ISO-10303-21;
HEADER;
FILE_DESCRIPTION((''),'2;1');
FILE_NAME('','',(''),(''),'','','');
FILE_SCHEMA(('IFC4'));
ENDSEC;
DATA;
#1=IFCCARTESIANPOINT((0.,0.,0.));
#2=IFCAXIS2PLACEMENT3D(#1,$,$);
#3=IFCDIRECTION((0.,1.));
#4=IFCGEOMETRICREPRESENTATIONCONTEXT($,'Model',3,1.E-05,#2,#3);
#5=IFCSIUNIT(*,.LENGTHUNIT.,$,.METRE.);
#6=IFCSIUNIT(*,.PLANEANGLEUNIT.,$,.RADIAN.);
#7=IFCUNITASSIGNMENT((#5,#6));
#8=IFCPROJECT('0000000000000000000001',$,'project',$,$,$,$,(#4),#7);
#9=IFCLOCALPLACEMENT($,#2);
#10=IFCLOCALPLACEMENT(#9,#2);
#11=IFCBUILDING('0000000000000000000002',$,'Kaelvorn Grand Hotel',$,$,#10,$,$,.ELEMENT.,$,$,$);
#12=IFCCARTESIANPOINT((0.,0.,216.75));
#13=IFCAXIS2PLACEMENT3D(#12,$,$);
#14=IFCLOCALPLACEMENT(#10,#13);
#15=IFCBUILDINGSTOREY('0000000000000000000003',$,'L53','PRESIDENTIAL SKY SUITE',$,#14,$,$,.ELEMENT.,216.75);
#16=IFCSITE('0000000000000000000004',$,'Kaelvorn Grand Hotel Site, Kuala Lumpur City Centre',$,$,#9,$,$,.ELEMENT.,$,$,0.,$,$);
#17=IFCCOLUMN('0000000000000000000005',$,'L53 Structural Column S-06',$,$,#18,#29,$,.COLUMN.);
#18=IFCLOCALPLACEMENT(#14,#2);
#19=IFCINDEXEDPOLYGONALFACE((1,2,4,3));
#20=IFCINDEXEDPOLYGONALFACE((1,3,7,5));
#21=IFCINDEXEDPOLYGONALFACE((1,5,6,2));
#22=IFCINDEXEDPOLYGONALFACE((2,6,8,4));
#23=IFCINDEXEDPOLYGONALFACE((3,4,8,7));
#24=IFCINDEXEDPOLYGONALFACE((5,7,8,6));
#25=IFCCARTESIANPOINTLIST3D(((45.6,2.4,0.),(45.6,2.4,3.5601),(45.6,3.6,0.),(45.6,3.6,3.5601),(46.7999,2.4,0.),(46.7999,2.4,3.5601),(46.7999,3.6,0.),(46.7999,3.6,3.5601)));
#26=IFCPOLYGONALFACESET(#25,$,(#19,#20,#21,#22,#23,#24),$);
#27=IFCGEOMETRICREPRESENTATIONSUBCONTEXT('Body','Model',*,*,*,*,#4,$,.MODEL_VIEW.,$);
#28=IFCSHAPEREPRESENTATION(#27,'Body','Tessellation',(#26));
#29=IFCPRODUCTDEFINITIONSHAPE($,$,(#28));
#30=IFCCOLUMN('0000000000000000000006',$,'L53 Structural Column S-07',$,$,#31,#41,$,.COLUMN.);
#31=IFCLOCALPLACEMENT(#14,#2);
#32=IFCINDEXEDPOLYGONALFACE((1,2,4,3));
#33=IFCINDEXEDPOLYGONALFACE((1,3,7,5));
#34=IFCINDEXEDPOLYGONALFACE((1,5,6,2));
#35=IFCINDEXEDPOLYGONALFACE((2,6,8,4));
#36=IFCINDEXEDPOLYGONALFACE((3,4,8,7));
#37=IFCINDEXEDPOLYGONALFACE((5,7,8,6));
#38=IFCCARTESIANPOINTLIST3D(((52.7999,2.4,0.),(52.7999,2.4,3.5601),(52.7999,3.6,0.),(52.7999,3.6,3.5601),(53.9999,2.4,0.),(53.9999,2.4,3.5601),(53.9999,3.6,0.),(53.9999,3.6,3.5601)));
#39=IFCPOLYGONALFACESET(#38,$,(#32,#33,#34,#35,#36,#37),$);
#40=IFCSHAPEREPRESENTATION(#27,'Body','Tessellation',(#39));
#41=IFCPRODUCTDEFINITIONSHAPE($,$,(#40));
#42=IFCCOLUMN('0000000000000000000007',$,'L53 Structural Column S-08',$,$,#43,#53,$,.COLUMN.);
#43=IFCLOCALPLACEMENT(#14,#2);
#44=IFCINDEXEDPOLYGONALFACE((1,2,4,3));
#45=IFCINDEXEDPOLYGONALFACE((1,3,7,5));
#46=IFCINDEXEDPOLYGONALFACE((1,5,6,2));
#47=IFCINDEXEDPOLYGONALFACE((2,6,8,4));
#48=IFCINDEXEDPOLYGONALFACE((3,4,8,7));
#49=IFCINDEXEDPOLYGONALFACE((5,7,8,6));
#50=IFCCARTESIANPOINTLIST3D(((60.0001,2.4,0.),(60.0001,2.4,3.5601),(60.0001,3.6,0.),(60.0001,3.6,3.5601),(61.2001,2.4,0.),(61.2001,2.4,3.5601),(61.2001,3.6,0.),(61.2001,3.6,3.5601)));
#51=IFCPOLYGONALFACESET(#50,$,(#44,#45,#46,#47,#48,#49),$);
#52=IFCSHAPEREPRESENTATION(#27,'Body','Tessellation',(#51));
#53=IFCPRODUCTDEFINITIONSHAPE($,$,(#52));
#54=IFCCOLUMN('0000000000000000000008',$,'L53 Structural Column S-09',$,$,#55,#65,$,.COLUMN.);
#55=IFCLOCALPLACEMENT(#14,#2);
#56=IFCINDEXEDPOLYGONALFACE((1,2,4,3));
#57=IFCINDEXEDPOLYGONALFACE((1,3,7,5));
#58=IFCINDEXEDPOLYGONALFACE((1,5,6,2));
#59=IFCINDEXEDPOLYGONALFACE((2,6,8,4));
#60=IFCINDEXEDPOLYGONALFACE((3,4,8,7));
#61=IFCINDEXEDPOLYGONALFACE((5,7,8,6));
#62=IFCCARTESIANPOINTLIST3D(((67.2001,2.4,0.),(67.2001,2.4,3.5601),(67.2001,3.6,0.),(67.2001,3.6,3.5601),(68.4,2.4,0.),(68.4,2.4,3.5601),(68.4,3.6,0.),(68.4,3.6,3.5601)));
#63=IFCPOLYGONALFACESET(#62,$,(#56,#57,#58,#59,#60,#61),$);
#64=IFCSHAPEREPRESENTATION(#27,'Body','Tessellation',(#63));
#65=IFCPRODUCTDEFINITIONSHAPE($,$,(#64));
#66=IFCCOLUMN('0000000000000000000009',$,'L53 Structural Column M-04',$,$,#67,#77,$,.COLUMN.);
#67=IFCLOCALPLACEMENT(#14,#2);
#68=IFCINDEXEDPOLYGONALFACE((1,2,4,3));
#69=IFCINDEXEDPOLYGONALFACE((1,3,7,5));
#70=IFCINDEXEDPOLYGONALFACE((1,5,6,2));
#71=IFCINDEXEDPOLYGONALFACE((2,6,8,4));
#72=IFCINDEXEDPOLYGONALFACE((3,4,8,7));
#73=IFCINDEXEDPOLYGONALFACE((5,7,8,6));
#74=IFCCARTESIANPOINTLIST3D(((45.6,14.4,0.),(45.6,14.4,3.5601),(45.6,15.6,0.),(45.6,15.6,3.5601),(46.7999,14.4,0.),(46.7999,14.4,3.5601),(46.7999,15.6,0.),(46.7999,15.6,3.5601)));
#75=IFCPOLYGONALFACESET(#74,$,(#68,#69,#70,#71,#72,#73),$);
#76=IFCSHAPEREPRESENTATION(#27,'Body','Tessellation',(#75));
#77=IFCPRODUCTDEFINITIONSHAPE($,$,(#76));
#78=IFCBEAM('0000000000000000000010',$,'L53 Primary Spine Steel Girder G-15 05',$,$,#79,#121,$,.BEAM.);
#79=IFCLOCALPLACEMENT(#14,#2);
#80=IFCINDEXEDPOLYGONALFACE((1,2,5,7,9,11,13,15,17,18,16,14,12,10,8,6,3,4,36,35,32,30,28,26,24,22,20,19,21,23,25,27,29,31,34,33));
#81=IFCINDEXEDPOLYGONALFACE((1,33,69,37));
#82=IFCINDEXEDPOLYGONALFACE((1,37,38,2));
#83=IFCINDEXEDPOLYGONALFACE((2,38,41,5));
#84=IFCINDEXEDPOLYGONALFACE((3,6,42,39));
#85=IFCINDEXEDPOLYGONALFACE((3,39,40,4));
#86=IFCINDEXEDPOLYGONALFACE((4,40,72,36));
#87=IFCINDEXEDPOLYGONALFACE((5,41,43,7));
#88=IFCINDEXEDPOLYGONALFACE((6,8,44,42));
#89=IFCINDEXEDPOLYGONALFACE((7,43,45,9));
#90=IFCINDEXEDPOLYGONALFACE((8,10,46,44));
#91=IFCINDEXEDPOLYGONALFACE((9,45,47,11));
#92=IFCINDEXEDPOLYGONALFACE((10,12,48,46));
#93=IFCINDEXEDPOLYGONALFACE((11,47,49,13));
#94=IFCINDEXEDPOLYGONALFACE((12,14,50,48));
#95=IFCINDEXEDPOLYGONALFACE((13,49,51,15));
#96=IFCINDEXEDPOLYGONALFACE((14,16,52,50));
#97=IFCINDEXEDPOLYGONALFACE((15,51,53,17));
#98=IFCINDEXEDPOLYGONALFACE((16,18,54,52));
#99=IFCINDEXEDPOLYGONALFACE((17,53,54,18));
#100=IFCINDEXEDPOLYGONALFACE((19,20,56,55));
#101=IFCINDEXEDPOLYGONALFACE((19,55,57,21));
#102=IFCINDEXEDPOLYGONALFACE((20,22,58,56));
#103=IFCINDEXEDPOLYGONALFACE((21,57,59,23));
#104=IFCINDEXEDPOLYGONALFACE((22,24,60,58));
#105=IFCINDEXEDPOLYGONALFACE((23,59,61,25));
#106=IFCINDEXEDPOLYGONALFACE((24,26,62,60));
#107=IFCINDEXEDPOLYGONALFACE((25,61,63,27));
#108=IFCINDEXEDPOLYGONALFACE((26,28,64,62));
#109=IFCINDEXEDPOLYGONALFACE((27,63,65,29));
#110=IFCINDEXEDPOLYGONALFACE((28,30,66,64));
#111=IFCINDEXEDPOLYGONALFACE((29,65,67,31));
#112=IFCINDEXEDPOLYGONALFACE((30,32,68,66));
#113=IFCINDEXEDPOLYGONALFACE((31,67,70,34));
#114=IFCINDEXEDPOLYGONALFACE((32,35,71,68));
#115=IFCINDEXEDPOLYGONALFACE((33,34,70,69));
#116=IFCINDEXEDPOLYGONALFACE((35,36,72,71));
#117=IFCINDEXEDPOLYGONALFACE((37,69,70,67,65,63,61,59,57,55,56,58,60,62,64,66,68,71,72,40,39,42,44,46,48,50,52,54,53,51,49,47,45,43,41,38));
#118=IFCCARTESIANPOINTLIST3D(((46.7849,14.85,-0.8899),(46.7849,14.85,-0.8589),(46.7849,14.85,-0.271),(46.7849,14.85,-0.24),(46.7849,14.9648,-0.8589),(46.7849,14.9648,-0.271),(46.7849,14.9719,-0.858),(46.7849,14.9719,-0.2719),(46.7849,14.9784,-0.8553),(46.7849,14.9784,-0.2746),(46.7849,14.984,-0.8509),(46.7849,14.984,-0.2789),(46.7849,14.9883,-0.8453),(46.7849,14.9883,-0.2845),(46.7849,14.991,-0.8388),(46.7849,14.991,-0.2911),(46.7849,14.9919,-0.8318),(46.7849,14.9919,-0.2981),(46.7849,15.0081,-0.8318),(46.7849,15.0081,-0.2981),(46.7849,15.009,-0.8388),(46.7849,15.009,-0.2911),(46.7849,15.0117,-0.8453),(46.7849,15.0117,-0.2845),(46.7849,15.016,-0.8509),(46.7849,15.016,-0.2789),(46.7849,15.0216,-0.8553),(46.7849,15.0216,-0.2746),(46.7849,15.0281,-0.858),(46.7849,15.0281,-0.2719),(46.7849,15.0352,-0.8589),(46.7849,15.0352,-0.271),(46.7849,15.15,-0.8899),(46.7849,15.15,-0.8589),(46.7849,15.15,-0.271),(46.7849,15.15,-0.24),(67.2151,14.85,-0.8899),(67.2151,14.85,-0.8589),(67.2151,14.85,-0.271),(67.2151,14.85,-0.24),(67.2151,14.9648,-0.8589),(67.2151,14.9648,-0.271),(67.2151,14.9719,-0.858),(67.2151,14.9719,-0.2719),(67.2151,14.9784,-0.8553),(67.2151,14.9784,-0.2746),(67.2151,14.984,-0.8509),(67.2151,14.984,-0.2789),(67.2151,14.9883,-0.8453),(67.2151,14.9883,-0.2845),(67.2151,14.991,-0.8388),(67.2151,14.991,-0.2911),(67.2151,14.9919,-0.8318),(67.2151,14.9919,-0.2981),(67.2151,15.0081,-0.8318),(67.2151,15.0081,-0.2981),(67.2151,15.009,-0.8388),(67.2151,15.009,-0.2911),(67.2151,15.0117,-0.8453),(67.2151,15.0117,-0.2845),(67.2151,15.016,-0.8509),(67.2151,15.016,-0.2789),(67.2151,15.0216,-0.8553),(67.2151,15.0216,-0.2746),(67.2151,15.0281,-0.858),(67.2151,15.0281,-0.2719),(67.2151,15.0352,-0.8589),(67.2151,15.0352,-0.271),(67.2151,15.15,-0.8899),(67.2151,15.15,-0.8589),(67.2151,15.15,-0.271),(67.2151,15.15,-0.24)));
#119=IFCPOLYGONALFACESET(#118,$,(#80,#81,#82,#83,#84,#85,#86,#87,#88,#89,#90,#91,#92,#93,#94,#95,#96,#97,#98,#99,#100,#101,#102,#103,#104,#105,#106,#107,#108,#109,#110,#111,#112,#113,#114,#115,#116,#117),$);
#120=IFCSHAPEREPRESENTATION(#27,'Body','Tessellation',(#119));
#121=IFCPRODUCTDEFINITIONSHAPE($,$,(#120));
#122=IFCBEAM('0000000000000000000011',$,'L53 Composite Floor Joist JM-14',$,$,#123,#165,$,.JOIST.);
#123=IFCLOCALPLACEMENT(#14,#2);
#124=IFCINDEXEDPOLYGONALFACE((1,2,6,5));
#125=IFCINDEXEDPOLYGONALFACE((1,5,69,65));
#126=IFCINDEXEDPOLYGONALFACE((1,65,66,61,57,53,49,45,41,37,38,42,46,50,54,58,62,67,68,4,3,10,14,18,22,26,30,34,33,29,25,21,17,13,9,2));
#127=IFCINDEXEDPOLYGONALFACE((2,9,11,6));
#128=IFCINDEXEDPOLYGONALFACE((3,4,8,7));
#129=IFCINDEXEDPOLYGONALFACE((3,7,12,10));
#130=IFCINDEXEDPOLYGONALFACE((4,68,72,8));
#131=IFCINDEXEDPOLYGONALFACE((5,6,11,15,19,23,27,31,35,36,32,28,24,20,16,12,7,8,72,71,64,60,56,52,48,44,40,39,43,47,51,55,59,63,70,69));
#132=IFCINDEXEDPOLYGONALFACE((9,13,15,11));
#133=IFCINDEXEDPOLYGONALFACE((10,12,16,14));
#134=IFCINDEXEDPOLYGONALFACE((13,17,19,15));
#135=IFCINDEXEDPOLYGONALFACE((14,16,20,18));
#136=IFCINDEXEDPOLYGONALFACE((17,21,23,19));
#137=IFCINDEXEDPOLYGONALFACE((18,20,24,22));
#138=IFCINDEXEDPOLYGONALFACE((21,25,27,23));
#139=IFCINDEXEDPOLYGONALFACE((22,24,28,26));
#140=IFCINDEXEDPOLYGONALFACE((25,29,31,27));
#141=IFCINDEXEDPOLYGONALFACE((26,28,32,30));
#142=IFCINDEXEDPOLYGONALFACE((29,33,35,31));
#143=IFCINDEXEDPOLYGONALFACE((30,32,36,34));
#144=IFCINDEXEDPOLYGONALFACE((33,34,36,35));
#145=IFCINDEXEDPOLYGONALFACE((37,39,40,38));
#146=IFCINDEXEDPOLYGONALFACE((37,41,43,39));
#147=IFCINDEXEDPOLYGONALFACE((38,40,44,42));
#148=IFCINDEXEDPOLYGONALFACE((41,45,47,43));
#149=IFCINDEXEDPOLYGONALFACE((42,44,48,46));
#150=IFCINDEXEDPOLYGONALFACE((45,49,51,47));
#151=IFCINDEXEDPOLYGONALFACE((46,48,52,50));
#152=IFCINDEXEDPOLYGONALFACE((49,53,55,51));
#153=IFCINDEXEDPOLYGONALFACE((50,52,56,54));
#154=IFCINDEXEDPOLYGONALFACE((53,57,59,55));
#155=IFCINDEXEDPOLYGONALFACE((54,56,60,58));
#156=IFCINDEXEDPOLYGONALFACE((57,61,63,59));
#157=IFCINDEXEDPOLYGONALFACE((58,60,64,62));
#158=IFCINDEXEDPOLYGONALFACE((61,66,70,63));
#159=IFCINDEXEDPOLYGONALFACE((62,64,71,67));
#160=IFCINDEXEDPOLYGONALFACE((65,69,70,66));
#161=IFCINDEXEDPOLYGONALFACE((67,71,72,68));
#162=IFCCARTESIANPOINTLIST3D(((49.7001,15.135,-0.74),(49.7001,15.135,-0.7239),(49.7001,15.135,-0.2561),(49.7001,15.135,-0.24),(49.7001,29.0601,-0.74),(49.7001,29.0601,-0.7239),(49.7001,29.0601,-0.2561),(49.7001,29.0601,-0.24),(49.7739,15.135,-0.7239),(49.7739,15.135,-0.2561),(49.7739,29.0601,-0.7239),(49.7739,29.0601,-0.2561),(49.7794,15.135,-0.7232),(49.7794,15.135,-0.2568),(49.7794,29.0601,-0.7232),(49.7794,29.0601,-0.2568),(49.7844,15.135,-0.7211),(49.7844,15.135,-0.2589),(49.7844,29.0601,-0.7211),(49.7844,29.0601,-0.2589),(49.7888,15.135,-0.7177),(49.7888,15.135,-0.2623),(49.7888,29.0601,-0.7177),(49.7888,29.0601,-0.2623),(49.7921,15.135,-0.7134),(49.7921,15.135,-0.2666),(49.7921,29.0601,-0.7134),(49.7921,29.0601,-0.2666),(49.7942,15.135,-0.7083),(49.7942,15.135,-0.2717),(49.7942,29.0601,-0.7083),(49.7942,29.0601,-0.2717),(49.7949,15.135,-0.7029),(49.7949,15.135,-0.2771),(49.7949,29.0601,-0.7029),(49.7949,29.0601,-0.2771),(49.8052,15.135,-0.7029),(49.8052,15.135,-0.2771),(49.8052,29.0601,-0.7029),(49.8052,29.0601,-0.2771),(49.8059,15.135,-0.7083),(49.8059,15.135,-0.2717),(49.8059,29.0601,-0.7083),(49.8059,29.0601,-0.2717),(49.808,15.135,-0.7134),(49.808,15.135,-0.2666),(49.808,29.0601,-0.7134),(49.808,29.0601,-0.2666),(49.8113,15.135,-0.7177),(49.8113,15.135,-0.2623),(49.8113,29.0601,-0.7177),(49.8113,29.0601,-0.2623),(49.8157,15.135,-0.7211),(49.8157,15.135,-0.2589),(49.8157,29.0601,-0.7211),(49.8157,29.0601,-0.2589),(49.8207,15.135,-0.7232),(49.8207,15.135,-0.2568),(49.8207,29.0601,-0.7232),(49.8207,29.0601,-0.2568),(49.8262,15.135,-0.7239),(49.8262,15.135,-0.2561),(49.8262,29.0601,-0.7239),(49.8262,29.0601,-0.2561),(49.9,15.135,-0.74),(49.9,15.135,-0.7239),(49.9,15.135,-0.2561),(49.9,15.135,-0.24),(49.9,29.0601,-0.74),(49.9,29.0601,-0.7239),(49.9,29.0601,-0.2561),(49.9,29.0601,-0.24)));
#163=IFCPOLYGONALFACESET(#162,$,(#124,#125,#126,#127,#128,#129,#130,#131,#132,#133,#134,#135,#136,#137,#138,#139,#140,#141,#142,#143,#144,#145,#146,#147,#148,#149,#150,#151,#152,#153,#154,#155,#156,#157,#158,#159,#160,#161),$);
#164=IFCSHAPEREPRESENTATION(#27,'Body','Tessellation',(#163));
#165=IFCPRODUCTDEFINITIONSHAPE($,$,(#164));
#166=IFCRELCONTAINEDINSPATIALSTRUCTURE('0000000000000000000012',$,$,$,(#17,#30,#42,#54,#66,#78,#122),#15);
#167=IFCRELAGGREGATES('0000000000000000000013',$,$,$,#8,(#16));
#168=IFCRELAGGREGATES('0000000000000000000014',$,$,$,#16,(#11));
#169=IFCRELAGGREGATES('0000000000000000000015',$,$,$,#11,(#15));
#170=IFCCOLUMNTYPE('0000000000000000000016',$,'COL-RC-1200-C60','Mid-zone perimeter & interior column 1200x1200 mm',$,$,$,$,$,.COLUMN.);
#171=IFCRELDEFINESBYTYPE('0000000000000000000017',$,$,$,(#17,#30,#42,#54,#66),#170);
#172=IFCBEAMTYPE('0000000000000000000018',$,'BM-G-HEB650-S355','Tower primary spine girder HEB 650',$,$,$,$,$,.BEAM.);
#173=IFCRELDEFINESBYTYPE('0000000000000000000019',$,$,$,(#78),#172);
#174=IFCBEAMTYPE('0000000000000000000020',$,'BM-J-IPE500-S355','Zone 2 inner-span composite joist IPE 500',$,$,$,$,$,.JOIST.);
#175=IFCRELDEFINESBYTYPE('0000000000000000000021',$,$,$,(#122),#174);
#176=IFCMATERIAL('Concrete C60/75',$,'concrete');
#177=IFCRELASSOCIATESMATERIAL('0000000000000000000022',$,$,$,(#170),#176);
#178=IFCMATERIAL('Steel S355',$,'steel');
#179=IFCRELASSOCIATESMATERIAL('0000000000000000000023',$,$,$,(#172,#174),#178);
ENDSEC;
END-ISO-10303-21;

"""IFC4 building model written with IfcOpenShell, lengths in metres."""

from ifc_helpers import new_model, si_unit, direction, frame, origin, origin_2d, place, context, subcontext, project, spatial, rectangle, i_section, extrude, material, material_profile, profile_set, type_object, element, save


model = new_model("IFC4")

# Units and contexts
model_context = context("Model", 3, precision=1e-05, world=origin(), true_north=direction((0.0, 1.0)))
body_context = subcontext(model_context, "Body", "Model", "MODEL_VIEW")
ifc_project = project(units=[si_unit("LENGTHUNIT", "METRE"), si_unit("PLANEANGLEUNIT", "RADIAN")], contexts=[model_context])

# Site, building, storey
site_placement = place(None, origin())
site = spatial("IfcSite", under=ifc_project, at=site_placement, Name="Kaelvorn Grand Hotel Site, Kuala Lumpur City Centre", CompositionType="ELEMENT", RefElevation=0.0)
building_placement = place(site_placement, origin())
building = spatial("IfcBuilding", under=site, at=building_placement, Name="Kaelvorn Grand Hotel", CompositionType="ELEMENT")
storey_placement = place(building_placement, frame((0.0, 0.0, 216.75)))
storey = spatial("IfcBuildingStorey", under=building, at=storey_placement, Name="L53", Description="PRESIDENTIAL SKY SUITE", CompositionType="ELEMENT", Elevation=216.75)

# Columns
ifc_material_1 = material(Name="Concrete C60/75", Category="concrete")
ifc_material_profile_1 = material_profile(ifc_material_1, rectangle(XDim=1.2, YDim=1.2, at=origin_2d()), Name="RC COL 1200x1200")
ifc_profile_set_1 = profile_set([ifc_material_profile_1], Name="Concrete C60/75")
column_type = type_object("IfcColumnType", Name="COL-RC-1200-C60", Description="Mid-zone perimeter & interior column 1200x1200 mm", PredefinedType="COLUMN", material=ifc_profile_set_1)
for number, where, z_axis, x_axis, name in (
    (1, (46.2, 3.0, 0.0), (0.0, 0.0, 1.0), (1.0, 0.0, 0.0), "L53 Structural Column S-06"),
    (2, (53.3999, 3.0, 0.0), (0.0, 0.0, 1.0), (1.0, 0.0, 0.0), "L53 Structural Column S-07"),
    (3, (60.6001, 3.0, 0.0), (0.0, 0.0, 1.0), (1.0, 0.0, 0.0), "L53 Structural Column S-08"),
    (4, (67.8, 3.0, 0.0), (0.0, 0.0, 1.0), (1.0, 0.0, 0.0), "L53 Structural Column S-09"),
    (5, (46.2, 15.0, 0.0), (0.0, 0.0, 1.0), (1.0, 0.0, 0.0), "L53 Structural Column M-04"),
):
    element("IfcColumn", number, at=place(storey_placement, frame(where, z_axis=z_axis, x_axis=x_axis)), inside=storey, type_object=column_type, Name=name, PredefinedType="COLUMN", context=body_context, shape_type="SweptSolid", body=[
        extrude(rectangle(XDim=1.2, YDim=1.2, at=origin_2d()), origin(), (0.0, 0.0, 1.0), 3.5601),
    ])

# Beams
ifc_material_2 = material(Name="Steel S355", Category="steel")
ifc_material_profile_2 = material_profile(ifc_material_2, i_section(OverallWidth=0.3, OverallDepth=0.6499, WebThickness=0.0161, FlangeThickness=0.031, FilletRadius=0.0271, at=origin_2d()), Name="HEB 650")
ifc_profile_set_2 = profile_set([ifc_material_profile_2], Name="Steel S355")
beam_type_1 = type_object("IfcBeamType", Name="BM-G-HEB650-S355", Description="Tower primary spine girder HEB 650", PredefinedType="BEAM", material=ifc_profile_set_2)
beam_1_placement = place(storey_placement, frame((46.7849, 15.0, -0.5649), z_axis=(1.0, 0.0, 0.0), x_axis=(0.0, 1.0, 0.0)))
element("IfcBeam", 6, at=beam_1_placement, inside=storey, type_object=beam_type_1, Name="L53 Primary Spine Steel Girder G-15 05", PredefinedType="BEAM", context=body_context, shape_type="SweptSolid", body=[
    extrude(i_section(OverallWidth=0.3, OverallDepth=0.6499, WebThickness=0.0161, FlangeThickness=0.031, FilletRadius=0.0271, at=origin_2d()), origin(), (0.0, 0.0, 1.0), 20.4302),
])
ifc_material_profile_3 = material_profile(ifc_material_2, i_section(OverallWidth=0.2, OverallDepth=0.5, WebThickness=0.0103, FlangeThickness=0.0161, FilletRadius=0.021, at=origin_2d()), Name="IPE 500")
ifc_profile_set_3 = profile_set([ifc_material_profile_3], Name="Steel S355")
beam_type_2 = type_object("IfcBeamType", Name="BM-J-IPE500-S355", Description="Zone 2 inner-span composite joist IPE 500", PredefinedType="JOIST", material=ifc_profile_set_3)
beam_2_placement = place(storey_placement, frame((49.8, 15.135, -0.49), z_axis=(0.0, 1.0, 0.0), x_axis=(-1.0, 0.0, 0.0)))
element("IfcBeam", 7, at=beam_2_placement, inside=storey, type_object=beam_type_2, Name="L53 Composite Floor Joist JM-14", PredefinedType="JOIST", context=body_context, shape_type="SweptSolid", body=[
    extrude(i_section(OverallWidth=0.2, OverallDepth=0.5, WebThickness=0.0103, FlangeThickness=0.0161, FilletRadius=0.021, at=origin_2d()), origin(), (0.0, 0.0, 1.0), 13.925),
])

save(model, "model.ifc")
